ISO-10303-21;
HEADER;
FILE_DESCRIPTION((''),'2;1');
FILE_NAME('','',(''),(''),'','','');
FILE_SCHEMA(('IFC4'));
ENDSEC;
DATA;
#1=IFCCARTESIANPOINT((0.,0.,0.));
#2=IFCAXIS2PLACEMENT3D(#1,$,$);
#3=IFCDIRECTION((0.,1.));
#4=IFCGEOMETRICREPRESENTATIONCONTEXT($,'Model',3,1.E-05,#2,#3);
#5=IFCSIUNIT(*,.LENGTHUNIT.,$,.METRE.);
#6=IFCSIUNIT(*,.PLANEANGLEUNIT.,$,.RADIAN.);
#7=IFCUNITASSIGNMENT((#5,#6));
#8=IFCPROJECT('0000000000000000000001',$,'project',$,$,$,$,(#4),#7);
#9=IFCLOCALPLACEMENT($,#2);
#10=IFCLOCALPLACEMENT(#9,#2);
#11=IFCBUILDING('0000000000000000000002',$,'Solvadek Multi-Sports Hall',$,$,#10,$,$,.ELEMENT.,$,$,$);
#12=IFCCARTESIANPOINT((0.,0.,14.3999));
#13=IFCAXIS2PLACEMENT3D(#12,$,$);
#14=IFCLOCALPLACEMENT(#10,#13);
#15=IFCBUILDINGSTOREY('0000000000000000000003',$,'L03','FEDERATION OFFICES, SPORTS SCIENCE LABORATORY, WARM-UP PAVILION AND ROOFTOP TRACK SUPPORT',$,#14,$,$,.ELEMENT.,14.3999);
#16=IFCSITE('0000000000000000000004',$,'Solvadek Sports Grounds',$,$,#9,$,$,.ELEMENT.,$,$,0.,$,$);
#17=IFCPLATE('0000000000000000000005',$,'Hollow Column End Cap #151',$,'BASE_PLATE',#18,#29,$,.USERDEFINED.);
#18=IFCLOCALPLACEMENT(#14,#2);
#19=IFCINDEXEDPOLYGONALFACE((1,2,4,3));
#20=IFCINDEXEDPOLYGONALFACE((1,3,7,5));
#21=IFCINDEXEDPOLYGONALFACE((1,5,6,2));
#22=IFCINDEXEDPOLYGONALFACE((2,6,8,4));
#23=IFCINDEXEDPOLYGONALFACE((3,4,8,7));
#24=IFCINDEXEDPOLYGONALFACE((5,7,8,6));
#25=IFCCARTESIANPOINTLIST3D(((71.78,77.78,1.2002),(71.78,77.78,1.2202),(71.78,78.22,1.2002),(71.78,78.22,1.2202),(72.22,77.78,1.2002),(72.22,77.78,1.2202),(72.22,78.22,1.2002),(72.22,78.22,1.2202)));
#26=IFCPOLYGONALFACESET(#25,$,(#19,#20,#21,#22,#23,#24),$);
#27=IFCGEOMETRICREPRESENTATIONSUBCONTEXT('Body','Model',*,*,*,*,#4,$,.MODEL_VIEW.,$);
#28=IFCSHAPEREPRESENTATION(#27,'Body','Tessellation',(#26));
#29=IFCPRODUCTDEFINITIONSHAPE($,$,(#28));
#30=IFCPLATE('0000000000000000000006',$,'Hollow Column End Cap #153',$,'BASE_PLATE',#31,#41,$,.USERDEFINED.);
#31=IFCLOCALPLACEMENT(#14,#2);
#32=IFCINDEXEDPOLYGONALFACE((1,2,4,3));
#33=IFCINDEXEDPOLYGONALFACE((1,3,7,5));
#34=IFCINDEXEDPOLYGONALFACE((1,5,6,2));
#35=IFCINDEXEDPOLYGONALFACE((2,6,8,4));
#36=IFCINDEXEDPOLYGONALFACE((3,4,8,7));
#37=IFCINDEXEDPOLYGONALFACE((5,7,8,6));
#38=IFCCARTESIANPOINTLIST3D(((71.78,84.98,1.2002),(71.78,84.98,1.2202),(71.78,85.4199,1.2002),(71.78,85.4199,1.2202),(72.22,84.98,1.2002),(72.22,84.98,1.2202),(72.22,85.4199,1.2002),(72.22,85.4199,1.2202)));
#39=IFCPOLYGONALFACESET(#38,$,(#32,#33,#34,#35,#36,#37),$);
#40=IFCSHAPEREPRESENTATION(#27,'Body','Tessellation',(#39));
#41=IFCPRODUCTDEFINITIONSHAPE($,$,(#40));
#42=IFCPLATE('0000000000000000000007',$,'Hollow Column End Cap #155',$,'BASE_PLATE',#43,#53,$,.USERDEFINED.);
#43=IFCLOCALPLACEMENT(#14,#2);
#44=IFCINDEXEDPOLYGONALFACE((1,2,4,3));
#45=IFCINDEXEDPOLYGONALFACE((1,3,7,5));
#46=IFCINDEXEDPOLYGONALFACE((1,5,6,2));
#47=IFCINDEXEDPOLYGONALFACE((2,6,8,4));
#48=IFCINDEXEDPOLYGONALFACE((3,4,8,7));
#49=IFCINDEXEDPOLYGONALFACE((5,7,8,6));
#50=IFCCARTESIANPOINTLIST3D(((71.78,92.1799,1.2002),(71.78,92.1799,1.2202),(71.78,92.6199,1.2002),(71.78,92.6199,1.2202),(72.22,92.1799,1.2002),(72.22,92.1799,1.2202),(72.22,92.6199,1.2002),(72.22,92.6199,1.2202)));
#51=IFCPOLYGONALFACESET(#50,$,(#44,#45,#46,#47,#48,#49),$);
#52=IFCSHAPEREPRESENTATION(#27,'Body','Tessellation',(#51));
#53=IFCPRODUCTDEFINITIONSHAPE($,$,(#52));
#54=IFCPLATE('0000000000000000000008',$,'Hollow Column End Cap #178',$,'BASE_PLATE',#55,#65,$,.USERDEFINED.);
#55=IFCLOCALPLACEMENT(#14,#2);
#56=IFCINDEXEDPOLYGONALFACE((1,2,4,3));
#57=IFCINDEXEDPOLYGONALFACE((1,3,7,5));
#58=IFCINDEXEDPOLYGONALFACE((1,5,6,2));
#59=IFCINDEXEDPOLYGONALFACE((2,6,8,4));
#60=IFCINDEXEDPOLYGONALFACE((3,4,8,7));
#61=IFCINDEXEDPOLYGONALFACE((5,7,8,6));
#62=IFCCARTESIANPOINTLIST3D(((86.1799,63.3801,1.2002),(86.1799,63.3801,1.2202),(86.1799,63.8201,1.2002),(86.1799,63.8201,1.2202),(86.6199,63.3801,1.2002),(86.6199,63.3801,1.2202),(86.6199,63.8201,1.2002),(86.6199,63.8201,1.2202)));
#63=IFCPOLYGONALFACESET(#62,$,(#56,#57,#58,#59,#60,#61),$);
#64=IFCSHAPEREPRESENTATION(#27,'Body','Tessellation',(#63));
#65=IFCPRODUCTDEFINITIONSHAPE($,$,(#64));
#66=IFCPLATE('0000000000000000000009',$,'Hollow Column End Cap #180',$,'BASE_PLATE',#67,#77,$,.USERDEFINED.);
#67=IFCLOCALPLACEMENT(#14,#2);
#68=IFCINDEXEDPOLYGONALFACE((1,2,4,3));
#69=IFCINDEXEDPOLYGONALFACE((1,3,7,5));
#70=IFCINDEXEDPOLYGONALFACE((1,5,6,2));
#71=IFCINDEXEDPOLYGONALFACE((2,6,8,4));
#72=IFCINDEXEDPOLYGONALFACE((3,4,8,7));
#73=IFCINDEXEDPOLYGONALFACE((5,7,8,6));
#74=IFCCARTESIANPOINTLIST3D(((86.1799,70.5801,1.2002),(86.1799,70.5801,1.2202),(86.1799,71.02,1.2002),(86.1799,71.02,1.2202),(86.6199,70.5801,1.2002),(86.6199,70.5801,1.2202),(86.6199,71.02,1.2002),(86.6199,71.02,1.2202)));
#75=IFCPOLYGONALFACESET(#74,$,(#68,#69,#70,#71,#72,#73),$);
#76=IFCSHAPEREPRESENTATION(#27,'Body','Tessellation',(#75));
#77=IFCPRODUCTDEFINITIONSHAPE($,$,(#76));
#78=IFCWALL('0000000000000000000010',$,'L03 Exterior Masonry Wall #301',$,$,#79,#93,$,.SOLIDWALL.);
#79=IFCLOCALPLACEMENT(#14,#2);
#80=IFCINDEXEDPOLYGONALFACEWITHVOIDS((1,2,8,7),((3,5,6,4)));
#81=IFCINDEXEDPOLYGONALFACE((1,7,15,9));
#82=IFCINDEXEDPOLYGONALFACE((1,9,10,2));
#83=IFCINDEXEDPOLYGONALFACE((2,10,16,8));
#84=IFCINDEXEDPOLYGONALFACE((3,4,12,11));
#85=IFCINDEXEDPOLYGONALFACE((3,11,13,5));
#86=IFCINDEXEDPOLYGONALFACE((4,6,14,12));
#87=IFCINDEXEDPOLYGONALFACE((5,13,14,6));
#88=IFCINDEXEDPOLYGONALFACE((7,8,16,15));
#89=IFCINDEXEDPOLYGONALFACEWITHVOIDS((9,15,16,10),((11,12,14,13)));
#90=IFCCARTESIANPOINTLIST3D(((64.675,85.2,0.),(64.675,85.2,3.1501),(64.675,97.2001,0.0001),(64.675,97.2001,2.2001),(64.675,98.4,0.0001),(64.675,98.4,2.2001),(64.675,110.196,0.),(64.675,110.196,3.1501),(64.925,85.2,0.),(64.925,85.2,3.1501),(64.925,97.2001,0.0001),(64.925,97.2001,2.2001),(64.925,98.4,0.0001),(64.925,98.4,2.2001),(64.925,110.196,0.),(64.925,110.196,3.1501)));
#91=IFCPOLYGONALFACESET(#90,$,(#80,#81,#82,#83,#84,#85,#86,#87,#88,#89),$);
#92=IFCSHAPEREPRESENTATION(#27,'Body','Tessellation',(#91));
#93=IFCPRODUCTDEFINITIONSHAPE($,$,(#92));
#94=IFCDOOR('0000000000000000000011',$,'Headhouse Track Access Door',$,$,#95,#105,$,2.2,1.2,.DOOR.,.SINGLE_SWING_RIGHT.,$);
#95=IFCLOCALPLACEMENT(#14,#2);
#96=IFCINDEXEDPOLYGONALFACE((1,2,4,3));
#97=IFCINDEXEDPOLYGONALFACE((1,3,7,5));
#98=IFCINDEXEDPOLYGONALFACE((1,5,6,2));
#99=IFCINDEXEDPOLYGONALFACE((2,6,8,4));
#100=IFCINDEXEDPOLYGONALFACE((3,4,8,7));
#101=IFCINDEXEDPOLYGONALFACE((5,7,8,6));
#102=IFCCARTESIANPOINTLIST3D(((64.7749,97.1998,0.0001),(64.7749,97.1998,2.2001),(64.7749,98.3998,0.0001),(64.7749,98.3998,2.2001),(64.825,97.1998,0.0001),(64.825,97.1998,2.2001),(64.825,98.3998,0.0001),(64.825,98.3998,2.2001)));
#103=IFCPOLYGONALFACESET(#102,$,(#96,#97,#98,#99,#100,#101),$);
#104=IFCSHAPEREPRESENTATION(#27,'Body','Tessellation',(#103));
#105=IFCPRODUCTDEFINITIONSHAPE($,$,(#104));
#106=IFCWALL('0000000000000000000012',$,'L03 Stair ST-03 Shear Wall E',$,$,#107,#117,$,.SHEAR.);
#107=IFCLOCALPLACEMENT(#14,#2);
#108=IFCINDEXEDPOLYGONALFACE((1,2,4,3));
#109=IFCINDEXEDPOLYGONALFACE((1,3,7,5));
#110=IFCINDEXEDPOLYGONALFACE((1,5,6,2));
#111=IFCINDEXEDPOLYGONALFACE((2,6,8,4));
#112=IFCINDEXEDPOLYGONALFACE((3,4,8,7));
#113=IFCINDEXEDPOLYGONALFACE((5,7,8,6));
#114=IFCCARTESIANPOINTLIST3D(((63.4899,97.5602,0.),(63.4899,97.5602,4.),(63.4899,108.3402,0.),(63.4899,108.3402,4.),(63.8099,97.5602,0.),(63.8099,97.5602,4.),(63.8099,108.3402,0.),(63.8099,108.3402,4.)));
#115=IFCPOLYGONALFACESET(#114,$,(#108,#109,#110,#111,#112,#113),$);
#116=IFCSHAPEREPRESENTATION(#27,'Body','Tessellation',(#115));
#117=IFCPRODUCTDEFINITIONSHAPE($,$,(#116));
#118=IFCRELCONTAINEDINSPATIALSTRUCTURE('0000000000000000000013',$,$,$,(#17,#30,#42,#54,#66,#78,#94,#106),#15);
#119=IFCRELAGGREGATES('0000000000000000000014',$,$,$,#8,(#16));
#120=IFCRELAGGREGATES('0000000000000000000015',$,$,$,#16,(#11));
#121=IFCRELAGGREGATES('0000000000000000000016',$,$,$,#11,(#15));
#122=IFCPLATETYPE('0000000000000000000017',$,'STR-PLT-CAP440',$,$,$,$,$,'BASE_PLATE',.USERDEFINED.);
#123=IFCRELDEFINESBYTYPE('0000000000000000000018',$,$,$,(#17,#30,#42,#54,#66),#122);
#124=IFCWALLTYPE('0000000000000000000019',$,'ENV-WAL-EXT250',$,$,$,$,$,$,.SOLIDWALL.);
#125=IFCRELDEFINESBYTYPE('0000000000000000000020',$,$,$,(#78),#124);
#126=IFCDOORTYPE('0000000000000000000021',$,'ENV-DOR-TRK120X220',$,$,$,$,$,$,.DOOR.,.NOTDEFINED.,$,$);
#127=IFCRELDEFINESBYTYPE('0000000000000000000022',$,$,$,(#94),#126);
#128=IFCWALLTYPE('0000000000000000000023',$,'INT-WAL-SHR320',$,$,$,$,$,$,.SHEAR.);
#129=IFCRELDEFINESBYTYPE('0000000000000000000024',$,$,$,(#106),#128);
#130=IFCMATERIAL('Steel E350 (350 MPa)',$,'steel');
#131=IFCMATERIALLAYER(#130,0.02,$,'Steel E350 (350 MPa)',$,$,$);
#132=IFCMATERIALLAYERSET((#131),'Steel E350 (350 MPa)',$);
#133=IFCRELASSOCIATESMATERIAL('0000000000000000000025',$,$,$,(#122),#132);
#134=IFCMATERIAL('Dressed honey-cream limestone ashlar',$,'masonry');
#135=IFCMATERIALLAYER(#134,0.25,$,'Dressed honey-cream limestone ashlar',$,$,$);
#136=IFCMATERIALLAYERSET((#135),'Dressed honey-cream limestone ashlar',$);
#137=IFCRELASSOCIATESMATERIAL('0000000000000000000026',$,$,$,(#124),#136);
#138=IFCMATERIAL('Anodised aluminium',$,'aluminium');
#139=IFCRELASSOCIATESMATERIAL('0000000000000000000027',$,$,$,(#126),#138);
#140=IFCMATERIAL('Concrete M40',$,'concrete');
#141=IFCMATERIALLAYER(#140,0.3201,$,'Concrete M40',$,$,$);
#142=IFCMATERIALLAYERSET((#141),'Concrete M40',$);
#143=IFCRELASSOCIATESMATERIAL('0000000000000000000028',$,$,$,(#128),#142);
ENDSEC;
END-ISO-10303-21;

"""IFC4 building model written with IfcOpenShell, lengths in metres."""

from ifc_helpers import new_model, si_unit, direction, frame, frame_2d, origin, origin_2d, place, context, subcontext, project, spatial, rectangle, extrude, material, layer, layer_set, type_object, element, fill, save


model = new_model("IFC4")

# Units and contexts
model_context = context("Model", 3, precision=1e-05, world=origin(), true_north=direction((0.0, 1.0)))
body_context = subcontext(model_context, "Body", "Model", "MODEL_VIEW")
ifc_project = project(units=[si_unit("LENGTHUNIT", "METRE"), si_unit("PLANEANGLEUNIT", "RADIAN")], contexts=[model_context])

# Site, building, storey
site_placement = place(None, origin())
site = spatial("IfcSite", under=ifc_project, at=site_placement, Name="Solvadek Sports Grounds", CompositionType="ELEMENT", RefElevation=0.0)
building_placement = place(site_placement, origin())
building = spatial("IfcBuilding", under=site, at=building_placement, Name="Solvadek Multi-Sports Hall", CompositionType="ELEMENT")
storey_placement = place(building_placement, frame((0.0, 0.0, 14.3999)))
storey = spatial("IfcBuildingStorey", under=building, at=storey_placement, Name="L03", Description="FEDERATION OFFICES, SPORTS SCIENCE LABORATORY, WARM-UP PAVILION AND ROOFTOP TRACK SUPPORT", CompositionType="ELEMENT", Elevation=14.3999)

# Shared definitions
ifc_material_1 = material(Name="Steel E350 (350 MPa)", Category="steel")

# Plates
ifc_layer_1 = layer(ifc_material_1, 0.02, Name="Steel E350 (350 MPa)")
ifc_layer_set_1 = layer_set([ifc_layer_1], Name="Steel E350 (350 MPa)")
plate_type = type_object("IfcPlateType", Name="STR-PLT-CAP440", ElementType="BASE_PLATE", PredefinedType="USERDEFINED", material=ifc_layer_set_1)
for number, where, z_axis, x_axis, name in (
    (1, (72.0, 78.0, 1.2002), (0.0, 0.0, 1.0), (1.0, 0.0, 0.0), "Hollow Column End Cap #151"),
    (2, (72.0, 85.2, 1.2002), (0.0, 0.0, 1.0), (1.0, 0.0, 0.0), "Hollow Column End Cap #153"),
    (3, (72.0, 92.3999, 1.2002), (0.0, 0.0, 1.0), (1.0, 0.0, 0.0), "Hollow Column End Cap #155"),
    (4, (86.3999, 63.6001, 1.2002), (0.0, 0.0, 1.0), (1.0, 0.0, 0.0), "Hollow Column End Cap #178"),
    (5, (86.3999, 70.8, 1.2002), (0.0, 0.0, 1.0), (1.0, 0.0, 0.0), "Hollow Column End Cap #180"),
):
    element("IfcPlate", number, at=place(storey_placement, frame(where, z_axis=z_axis, x_axis=x_axis)), inside=storey, type_object=plate_type, Name=name, ObjectType="BASE_PLATE", PredefinedType="USERDEFINED", context=body_context, shape_type="SweptSolid", body=[
        extrude(rectangle(XDim=0.4399, YDim=0.4399, at=origin_2d()), origin(), (0.0, 0.0, 1.0), 0.02),
    ])

# Wall, opening, door
ifc_material_2 = material(Name="Dressed honey-cream limestone ashlar", Category="masonry")
ifc_layer_2 = layer(ifc_material_2, 0.25, Name="Dressed honey-cream limestone ashlar")
ifc_layer_set_2 = layer_set([ifc_layer_2], Name="Dressed honey-cream limestone ashlar")
wall_type_1 = type_object("IfcWallType", Name="ENV-WAL-EXT250", PredefinedType="SOLIDWALL", material=ifc_layer_set_2)
wall_1_placement = place(storey_placement, frame((64.8, 85.2, 0.0), z_axis=(0.0, 0.0, 1.0), x_axis=(0.0, 1.0, 0.0)))
wall_1 = element("IfcWall", 6, at=wall_1_placement, inside=storey, type_object=wall_type_1, Name="L03 Exterior Masonry Wall #301", PredefinedType="SOLIDWALL", context=body_context, shape_type="SweptSolid", body=[
    extrude(rectangle(XDim=24.9961, YDim=0.25, at=frame_2d((12.498, 0.0))), origin(), (0.0, 0.0, 1.0), 3.1501),
])
opening_placement = place(wall_1_placement, frame((12.0, 0.0, 0.0)))
opening = element("IfcOpeningElement", 7, at=opening_placement, cuts=wall_1, PredefinedType="OPENING", context=body_context, shape_type="SweptSolid", body=[
    extrude(rectangle(XDim=1.2, YDim=2.2, at=frame_2d((0.6001, 1.1001))), frame((0.0, 0.135, 0.0), z_axis=(0.0, -1.0, 0.0), x_axis=(1.0, 0.0, 0.0)), (0.0, 0.0, 1.0), 0.27),
])
ifc_material_3 = material(Name="Anodised aluminium", Category="aluminium")
door_type = type_object("IfcDoorType", Name="ENV-DOR-TRK120X220", OperationType="NOTDEFINED", PredefinedType="DOOR", material=ifc_material_3)
door_placement = place(opening_placement, frame((1.2, 0.0, 0.0), z_axis=(0.0, 0.0, 1.0), x_axis=(-1.0, 0.0, 0.0)))
door = element("IfcDoor", 8, at=door_placement, inside=storey, type_object=door_type, Name="Headhouse Track Access Door", OperationType="SINGLE_SWING_RIGHT", OverallHeight=2.2, OverallWidth=1.2, PredefinedType="DOOR", context=body_context, shape_type="SweptSolid", body=[
    extrude(rectangle(XDim=1.2, YDim=2.2, at=frame_2d((0.6001, 1.1001))), frame((0.0, 0.0249, 0.0), z_axis=(0.0, -1.0, 0.0), x_axis=(1.0, 0.0, 0.0)), (0.0, 0.0, 1.0), 0.05),
])
fill(opening, door)

# Wall
ifc_material_4 = material(Name="Concrete M40", Category="concrete")
ifc_layer_3 = layer(ifc_material_4, 0.3201, Name="Concrete M40")
ifc_layer_set_3 = layer_set([ifc_layer_3], Name="Concrete M40")
wall_type_2 = type_object("IfcWallType", Name="INT-WAL-SHR320", PredefinedType="SHEAR", material=ifc_layer_set_3)
wall_2_placement = place(storey_placement, frame((63.6499, 97.5601, 0.0), z_axis=(0.0, 0.0, 1.0), x_axis=(0.0, 1.0, 0.0)))
element("IfcWall", 9, at=wall_2_placement, inside=storey, type_object=wall_type_2, Name="L03 Stair ST-03 Shear Wall E", PredefinedType="SHEAR", context=body_context, shape_type="SweptSolid", body=[
    extrude(rectangle(XDim=10.78, YDim=0.3201, at=frame_2d((5.3901, 0.0))), origin(), (0.0, 0.0, 1.0), 4.0),
])

save(model, "model.ifc")
